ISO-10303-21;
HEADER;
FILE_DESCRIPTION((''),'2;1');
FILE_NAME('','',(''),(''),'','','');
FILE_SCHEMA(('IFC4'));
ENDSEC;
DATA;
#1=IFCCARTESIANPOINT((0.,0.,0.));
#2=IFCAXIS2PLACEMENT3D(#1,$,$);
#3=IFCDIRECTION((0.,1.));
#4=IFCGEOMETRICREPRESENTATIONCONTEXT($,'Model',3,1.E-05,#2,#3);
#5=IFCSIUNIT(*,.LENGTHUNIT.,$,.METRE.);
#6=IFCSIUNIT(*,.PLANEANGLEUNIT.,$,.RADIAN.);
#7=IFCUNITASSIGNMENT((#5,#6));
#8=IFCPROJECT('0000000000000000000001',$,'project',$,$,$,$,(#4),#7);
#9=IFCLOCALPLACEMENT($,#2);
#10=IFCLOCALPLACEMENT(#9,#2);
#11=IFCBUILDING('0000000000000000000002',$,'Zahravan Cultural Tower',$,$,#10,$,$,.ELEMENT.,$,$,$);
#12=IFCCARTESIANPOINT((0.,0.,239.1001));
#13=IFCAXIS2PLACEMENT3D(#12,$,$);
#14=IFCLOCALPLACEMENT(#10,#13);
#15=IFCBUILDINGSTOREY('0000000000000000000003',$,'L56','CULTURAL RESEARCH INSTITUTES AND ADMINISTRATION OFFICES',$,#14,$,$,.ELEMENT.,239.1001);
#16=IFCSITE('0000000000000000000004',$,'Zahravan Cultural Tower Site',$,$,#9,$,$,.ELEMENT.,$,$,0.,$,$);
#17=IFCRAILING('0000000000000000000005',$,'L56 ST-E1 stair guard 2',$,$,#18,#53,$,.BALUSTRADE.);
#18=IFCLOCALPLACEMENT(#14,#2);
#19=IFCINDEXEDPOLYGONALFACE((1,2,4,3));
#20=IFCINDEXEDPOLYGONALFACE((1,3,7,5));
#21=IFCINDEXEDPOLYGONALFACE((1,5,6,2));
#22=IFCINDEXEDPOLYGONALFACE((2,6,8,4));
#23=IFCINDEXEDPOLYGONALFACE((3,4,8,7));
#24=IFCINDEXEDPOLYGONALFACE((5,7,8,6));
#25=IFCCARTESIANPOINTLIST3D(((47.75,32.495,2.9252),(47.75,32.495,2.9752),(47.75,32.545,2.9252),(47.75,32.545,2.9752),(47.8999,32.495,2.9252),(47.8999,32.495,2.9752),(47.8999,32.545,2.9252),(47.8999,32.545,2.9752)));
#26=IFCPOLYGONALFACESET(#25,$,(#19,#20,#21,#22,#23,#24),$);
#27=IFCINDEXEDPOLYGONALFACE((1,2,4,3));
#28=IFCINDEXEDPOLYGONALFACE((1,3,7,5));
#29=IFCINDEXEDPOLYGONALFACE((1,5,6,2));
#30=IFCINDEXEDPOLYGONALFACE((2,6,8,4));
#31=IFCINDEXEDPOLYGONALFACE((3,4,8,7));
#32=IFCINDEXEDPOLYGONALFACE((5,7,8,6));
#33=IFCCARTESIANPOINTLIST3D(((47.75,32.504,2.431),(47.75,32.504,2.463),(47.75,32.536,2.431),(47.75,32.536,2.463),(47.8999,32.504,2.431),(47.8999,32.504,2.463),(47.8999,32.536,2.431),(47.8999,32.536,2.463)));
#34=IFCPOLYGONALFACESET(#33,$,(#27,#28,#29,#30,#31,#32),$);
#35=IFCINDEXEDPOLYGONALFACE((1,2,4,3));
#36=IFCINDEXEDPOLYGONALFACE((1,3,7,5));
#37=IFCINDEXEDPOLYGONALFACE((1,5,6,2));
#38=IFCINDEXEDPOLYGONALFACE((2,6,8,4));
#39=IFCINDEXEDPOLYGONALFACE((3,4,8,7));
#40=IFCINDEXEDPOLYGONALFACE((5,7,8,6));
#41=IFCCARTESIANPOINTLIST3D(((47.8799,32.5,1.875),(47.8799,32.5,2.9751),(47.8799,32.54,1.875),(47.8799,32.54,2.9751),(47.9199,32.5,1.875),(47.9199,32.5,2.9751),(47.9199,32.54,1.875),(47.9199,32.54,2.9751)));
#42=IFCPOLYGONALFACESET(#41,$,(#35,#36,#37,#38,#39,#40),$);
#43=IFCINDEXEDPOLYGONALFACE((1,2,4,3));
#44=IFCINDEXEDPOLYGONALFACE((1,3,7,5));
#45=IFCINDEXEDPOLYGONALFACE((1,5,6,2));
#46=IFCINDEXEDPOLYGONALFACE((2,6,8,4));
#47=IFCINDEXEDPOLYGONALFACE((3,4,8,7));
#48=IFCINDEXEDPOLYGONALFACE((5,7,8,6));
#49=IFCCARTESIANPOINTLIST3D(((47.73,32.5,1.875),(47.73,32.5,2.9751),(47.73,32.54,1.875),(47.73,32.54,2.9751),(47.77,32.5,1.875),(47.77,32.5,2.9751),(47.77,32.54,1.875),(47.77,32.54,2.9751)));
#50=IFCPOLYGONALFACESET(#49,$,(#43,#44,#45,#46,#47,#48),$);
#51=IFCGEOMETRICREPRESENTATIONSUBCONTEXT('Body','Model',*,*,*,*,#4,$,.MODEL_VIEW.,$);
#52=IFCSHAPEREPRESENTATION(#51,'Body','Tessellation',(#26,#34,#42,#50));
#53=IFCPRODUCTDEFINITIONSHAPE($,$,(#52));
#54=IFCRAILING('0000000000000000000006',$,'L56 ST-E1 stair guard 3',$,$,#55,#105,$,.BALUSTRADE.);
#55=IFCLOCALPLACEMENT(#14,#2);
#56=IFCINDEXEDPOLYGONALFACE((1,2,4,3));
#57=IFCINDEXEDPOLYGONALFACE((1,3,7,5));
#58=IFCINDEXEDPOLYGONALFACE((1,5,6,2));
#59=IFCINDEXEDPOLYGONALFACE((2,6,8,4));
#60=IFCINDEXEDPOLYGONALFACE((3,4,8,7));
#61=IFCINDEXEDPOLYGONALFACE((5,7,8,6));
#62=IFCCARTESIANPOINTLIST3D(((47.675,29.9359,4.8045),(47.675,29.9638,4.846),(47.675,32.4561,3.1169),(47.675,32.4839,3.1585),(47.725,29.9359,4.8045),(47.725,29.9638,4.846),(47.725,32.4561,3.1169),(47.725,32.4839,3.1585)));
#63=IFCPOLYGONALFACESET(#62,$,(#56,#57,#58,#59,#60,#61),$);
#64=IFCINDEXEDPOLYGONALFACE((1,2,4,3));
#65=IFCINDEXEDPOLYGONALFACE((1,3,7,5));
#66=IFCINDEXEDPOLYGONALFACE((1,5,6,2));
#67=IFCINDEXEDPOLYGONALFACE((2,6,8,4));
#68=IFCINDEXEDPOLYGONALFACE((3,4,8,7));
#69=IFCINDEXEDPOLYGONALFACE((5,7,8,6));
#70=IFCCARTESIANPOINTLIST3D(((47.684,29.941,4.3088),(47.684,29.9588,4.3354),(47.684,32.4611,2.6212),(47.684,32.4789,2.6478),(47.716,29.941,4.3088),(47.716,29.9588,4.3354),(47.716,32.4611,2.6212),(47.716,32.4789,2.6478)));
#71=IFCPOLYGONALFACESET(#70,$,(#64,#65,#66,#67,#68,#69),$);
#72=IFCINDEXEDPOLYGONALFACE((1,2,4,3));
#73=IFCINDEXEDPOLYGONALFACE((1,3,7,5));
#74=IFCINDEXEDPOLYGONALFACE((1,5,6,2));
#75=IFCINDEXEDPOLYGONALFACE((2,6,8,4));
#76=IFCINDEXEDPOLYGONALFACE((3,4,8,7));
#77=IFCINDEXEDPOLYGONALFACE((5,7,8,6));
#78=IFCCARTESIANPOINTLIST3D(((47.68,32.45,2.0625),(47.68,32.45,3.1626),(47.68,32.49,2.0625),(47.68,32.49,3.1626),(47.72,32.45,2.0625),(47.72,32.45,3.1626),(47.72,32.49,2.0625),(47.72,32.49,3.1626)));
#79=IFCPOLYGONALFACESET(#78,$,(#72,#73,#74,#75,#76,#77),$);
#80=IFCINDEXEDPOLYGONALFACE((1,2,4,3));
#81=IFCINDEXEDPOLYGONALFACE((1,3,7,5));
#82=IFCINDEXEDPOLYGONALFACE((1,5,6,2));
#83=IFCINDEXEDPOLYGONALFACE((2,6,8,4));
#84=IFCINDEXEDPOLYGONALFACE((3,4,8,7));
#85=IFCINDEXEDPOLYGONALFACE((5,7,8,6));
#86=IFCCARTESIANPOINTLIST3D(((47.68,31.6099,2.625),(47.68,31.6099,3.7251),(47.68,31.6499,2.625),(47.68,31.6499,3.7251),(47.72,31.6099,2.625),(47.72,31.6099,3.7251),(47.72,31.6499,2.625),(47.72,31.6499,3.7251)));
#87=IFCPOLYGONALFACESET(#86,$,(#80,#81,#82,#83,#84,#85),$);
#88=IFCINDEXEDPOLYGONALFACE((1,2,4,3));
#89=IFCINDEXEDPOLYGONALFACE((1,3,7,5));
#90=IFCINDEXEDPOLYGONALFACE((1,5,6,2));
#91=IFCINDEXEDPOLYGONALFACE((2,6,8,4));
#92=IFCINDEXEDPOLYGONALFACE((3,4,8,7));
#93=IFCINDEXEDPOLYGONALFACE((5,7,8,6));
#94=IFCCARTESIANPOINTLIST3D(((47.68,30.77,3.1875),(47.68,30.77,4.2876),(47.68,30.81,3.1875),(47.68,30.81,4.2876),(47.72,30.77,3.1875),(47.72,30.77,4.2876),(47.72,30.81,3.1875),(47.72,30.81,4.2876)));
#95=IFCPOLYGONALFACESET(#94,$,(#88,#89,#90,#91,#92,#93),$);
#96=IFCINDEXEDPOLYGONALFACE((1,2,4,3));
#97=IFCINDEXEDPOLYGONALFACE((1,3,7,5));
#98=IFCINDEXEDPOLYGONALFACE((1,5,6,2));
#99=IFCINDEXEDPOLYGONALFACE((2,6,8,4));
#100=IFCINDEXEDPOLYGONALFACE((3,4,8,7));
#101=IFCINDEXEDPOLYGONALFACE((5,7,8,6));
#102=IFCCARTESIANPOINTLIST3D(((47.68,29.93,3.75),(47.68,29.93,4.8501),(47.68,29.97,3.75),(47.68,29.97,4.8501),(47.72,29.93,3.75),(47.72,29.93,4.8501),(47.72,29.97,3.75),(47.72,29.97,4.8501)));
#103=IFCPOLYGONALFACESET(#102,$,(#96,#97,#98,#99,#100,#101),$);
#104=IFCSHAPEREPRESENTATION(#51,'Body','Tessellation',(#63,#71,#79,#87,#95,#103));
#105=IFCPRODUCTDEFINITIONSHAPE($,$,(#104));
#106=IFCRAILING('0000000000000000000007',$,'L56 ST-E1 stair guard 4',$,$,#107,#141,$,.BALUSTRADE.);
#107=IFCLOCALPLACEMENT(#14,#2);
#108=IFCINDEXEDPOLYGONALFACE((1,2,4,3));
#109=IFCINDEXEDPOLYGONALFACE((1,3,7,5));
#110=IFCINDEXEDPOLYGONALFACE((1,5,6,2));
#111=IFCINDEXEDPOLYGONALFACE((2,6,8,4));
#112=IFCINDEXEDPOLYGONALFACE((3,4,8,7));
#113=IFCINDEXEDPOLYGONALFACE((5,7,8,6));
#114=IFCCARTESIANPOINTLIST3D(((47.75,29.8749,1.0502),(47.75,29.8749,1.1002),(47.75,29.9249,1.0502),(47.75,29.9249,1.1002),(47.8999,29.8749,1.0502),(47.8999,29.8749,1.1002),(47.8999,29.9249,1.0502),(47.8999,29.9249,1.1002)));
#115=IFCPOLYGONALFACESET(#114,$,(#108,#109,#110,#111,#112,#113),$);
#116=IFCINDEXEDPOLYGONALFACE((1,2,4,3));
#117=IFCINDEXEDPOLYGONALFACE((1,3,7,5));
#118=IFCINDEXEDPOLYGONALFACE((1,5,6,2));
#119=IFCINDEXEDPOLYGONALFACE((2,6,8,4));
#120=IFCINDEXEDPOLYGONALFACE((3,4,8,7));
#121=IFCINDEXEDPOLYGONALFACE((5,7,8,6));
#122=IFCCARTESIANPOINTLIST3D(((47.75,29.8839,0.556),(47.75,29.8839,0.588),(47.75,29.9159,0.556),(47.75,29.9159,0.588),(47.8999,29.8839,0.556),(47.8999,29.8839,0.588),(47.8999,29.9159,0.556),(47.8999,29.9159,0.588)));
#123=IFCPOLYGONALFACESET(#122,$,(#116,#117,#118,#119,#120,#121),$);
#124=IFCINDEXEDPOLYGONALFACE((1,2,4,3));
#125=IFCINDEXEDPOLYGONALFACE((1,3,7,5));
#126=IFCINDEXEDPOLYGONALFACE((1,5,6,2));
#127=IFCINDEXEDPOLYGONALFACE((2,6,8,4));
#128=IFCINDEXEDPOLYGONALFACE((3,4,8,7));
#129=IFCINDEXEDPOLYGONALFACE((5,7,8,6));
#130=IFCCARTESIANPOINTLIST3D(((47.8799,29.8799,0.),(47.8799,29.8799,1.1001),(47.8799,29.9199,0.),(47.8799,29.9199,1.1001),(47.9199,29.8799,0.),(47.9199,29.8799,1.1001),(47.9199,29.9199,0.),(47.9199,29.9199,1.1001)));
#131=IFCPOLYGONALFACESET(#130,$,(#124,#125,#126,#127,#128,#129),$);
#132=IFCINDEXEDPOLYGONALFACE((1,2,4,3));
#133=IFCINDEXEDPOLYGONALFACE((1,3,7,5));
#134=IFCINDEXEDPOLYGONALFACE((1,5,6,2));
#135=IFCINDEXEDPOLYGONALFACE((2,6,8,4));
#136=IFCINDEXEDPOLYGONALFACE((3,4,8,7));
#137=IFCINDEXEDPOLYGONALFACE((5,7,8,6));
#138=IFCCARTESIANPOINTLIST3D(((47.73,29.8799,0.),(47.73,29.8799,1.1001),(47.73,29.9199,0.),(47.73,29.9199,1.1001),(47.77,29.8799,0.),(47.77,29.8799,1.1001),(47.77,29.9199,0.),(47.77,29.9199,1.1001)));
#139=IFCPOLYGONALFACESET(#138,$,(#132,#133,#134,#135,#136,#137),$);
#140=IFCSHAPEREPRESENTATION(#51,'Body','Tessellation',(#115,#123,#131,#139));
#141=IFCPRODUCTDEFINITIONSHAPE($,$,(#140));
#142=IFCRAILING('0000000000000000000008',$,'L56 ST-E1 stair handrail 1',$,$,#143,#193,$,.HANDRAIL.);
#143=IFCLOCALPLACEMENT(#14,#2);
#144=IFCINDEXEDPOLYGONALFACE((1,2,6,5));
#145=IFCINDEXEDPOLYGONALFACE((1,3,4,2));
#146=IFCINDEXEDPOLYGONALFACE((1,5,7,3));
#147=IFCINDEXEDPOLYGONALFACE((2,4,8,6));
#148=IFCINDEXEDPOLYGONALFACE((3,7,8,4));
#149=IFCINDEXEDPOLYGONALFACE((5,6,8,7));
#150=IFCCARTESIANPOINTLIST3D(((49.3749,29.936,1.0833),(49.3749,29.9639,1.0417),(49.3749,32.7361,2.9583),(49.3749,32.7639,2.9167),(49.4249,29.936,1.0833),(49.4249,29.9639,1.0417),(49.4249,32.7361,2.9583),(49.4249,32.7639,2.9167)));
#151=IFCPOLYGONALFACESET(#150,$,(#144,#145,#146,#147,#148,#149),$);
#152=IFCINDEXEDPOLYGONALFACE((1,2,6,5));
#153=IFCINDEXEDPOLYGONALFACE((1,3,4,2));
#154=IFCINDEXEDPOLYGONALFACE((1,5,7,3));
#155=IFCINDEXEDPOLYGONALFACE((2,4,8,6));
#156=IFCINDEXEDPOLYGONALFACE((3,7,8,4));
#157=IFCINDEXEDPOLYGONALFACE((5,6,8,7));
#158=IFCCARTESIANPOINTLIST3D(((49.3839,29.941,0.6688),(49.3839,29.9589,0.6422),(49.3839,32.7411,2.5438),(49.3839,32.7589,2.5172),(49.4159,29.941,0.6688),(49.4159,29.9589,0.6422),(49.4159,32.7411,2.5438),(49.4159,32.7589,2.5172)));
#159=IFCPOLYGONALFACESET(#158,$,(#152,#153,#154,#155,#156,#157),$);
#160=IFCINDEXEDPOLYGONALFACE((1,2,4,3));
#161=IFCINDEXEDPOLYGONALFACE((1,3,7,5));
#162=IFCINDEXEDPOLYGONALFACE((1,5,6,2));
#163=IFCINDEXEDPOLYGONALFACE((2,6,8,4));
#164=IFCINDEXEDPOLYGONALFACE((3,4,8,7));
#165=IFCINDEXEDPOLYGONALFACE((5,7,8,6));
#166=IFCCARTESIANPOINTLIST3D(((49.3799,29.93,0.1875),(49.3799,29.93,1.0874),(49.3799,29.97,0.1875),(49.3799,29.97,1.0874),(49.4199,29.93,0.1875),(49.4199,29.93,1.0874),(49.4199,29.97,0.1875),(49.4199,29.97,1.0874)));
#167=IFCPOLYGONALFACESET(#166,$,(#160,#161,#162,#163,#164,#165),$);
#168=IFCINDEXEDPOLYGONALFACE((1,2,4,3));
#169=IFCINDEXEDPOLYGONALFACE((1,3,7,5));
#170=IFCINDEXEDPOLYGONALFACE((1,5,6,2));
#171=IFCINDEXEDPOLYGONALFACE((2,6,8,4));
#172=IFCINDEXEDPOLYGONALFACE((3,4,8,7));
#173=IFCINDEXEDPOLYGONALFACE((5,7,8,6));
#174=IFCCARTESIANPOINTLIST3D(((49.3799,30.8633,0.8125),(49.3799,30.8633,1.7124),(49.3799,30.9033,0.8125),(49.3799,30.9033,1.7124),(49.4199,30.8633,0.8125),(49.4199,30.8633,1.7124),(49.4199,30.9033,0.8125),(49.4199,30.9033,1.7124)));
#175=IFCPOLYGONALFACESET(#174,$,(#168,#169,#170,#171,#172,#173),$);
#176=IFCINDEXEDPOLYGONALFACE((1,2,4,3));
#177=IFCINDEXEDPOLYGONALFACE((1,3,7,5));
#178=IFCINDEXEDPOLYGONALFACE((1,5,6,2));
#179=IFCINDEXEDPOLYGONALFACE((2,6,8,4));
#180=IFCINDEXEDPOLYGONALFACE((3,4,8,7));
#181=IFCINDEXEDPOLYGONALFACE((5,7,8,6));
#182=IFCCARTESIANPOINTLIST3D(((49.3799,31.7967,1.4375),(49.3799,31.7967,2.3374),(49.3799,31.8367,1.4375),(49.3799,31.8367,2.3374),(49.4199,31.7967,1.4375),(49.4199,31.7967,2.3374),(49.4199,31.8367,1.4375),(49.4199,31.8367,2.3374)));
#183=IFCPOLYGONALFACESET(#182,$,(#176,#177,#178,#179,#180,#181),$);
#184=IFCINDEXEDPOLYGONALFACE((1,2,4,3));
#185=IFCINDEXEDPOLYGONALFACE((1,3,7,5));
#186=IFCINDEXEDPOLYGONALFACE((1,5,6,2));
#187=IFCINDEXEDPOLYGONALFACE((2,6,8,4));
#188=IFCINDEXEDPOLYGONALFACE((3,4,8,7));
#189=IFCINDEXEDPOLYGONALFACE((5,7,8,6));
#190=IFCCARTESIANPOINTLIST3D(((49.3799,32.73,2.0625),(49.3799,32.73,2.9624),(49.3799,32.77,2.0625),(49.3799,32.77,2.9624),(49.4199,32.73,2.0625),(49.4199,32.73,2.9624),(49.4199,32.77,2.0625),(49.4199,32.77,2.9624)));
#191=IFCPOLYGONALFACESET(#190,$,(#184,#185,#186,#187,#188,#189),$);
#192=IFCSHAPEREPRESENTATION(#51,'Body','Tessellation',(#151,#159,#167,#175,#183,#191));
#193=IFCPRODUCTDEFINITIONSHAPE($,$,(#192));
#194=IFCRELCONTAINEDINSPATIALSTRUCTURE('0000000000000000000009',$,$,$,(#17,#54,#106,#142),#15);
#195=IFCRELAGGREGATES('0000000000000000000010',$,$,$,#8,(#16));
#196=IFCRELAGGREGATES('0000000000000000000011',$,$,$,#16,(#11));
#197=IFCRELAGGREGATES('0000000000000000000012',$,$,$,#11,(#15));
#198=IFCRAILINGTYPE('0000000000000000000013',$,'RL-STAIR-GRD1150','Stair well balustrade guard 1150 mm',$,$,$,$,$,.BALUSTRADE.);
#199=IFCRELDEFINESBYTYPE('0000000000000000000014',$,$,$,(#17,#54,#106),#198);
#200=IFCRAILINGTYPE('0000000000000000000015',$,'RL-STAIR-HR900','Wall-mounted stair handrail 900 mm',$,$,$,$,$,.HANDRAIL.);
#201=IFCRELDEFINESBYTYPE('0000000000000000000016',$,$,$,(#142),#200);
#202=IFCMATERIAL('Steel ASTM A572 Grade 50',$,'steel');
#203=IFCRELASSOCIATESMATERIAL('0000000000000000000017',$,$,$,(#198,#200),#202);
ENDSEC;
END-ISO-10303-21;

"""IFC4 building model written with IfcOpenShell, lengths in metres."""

from ifc_helpers import new_model, si_unit, direction, frame, origin, origin_2d, place, context, subcontext, project, spatial, rectangle, extrude, material, type_object, element, save


model = new_model("IFC4")

# Units and contexts
model_context = context("Model", 3, precision=1e-05, world=origin(), true_north=direction((0.0, 1.0)))
body_context = subcontext(model_context, "Body", "Model", "MODEL_VIEW")
ifc_project = project(units=[si_unit("LENGTHUNIT", "METRE"), si_unit("PLANEANGLEUNIT", "RADIAN")], contexts=[model_context])

# Site, building, storey
site_placement = place(None, origin())
site = spatial("IfcSite", under=ifc_project, at=site_placement, Name="Zahravan Cultural Tower Site", CompositionType="ELEMENT", RefElevation=0.0)
building_placement = place(site_placement, origin())
building = spatial("IfcBuilding", under=site, at=building_placement, Name="Zahravan Cultural Tower", CompositionType="ELEMENT")
storey_placement = place(building_placement, frame((0.0, 0.0, 239.1001)))
storey = spatial("IfcBuildingStorey", under=building, at=storey_placement, Name="L56", Description="CULTURAL RESEARCH INSTITUTES AND ADMINISTRATION OFFICES", CompositionType="ELEMENT", Elevation=239.1001)

# Shared definitions
ifc_material_1 = material(Name="Steel ASTM A572 Grade 50", Category="steel")

# Railings
railing_type_1 = type_object("IfcRailingType", Name="RL-STAIR-GRD1150", Description="Stair well balustrade guard 1150 mm", PredefinedType="BALUSTRADE", material=ifc_material_1)
railing_1_placement = place(storey_placement, frame((47.8999, 32.52, 1.875)))
element("IfcRailing", 1, at=railing_1_placement, inside=storey, type_object=railing_type_1, Name="L56 ST-E1 stair guard 2", PredefinedType="BALUSTRADE", context=body_context, shape_type="SweptSolid", body=[
    extrude(rectangle(XDim=0.05, YDim=0.05, at=origin_2d()), frame((0.0, 0.0, 1.0752), z_axis=(-1.0, 0.0, 0.0), x_axis=(0.0, -1.0, 0.0)), (0.0, 0.0, 1.0), 0.1499),
    extrude(rectangle(XDim=0.032, YDim=0.032, at=origin_2d()), frame((0.0, 0.0, 0.572), z_axis=(-1.0, 0.0, 0.0), x_axis=(0.0, -1.0, 0.0)), (0.0, 0.0, 1.0), 0.1499),
    extrude(rectangle(XDim=0.04, YDim=0.04, at=origin_2d()), origin(), (0.0, 0.0, 1.0), 1.1001),
    extrude(rectangle(XDim=0.04, YDim=0.04, at=origin_2d()), frame((-0.1499, 0.0, 0.0)), (0.0, 0.0, 1.0), 1.1001),
])
railing_2_placement = place(storey_placement, frame((47.7, 32.47, 2.0625)))
element("IfcRailing", 2, at=railing_2_placement, inside=storey, type_object=railing_type_1, Name="L56 ST-E1 stair guard 3", PredefinedType="BALUSTRADE", context=body_context, shape_type="SweptSolid", body=[
    extrude(rectangle(XDim=0.05, YDim=0.05, at=origin_2d()), frame((0.0, 0.0, 1.0752), z_axis=(0.0, -0.830909, 0.556408), x_axis=(1.0, 0.0, 0.0)), (0.0, 0.0, 1.0), 3.033),
    extrude(rectangle(XDim=0.032, YDim=0.032, at=origin_2d()), frame((0.0, 0.0, 0.572), z_axis=(0.0, -0.830909, 0.556408), x_axis=(1.0, 0.0, 0.0)), (0.0, 0.0, 1.0), 3.033),
    extrude(rectangle(XDim=0.04, YDim=0.04, at=origin_2d()), origin(), (0.0, 0.0, 1.0), 1.1001),
    extrude(rectangle(XDim=0.04, YDim=0.04, at=origin_2d()), frame((0.0, -0.8401, 0.5625)), (0.0, 0.0, 1.0), 1.1001),
    extrude(rectangle(XDim=0.04, YDim=0.04, at=origin_2d()), frame((0.0, -1.6799, 1.125)), (0.0, 0.0, 1.0), 1.1001),
    extrude(rectangle(XDim=0.04, YDim=0.04, at=origin_2d()), frame((0.0, -2.52, 1.6875)), (0.0, 0.0, 1.0), 1.1001),
])
railing_3_placement = place(storey_placement, frame((47.8999, 29.8999, 0.0)))
element("IfcRailing", 3, at=railing_3_placement, inside=storey, type_object=railing_type_1, Name="L56 ST-E1 stair guard 4", PredefinedType="BALUSTRADE", context=body_context, shape_type="SweptSolid", body=[
    extrude(rectangle(XDim=0.05, YDim=0.05, at=origin_2d()), frame((0.0, 0.0, 1.0752), z_axis=(-1.0, 0.0, 0.0), x_axis=(0.0, -1.0, 0.0)), (0.0, 0.0, 1.0), 0.1499),
    extrude(rectangle(XDim=0.032, YDim=0.032, at=origin_2d()), frame((0.0, 0.0, 0.572), z_axis=(-1.0, 0.0, 0.0), x_axis=(0.0, -1.0, 0.0)), (0.0, 0.0, 1.0), 0.1499),
    extrude(rectangle(XDim=0.04, YDim=0.04, at=origin_2d()), origin(), (0.0, 0.0, 1.0), 1.1001),
    extrude(rectangle(XDim=0.04, YDim=0.04, at=origin_2d()), frame((-0.1499, 0.0, 0.0)), (0.0, 0.0, 1.0), 1.1001),
])
railing_type_2 = type_object("IfcRailingType", Name="RL-STAIR-HR900", Description="Wall-mounted stair handrail 900 mm", PredefinedType="HANDRAIL", material=ifc_material_1)
railing_4_placement = place(storey_placement, frame((49.3999, 29.95, 0.1875)))
element("IfcRailing", 4, at=railing_4_placement, inside=storey, type_object=railing_type_2, Name="L56 ST-E1 stair handrail 1", PredefinedType="HANDRAIL", context=body_context, shape_type="SweptSolid", body=[
    extrude(rectangle(XDim=0.05, YDim=0.05, at=origin_2d()), frame((0.0, 0.0, 0.875), z_axis=(0.0, 0.830912, 0.556404), x_axis=(-1.0, 0.0, 0.0)), (0.0, 0.0, 1.0), 3.3699),
    extrude(rectangle(XDim=0.032, YDim=0.032, at=origin_2d()), frame((0.0, 0.0, 0.468), z_axis=(0.0, 0.830912, 0.556404), x_axis=(-1.0, 0.0, 0.0)), (0.0, 0.0, 1.0), 3.3699),
    extrude(rectangle(XDim=0.04, YDim=0.04, at=origin_2d()), origin(), (0.0, 0.0, 1.0), 0.8999),
    extrude(rectangle(XDim=0.04, YDim=0.04, at=origin_2d()), frame((0.0, 0.9333, 0.625)), (0.0, 0.0, 1.0), 0.8999),
    extrude(rectangle(XDim=0.04, YDim=0.04, at=origin_2d()), frame((0.0, 1.8667, 1.25)), (0.0, 0.0, 1.0), 0.8999),
    extrude(rectangle(XDim=0.04, YDim=0.04, at=origin_2d()), frame((0.0, 2.8, 1.875)), (0.0, 0.0, 1.0), 0.8999),
])

save(model, "model.ifc")
